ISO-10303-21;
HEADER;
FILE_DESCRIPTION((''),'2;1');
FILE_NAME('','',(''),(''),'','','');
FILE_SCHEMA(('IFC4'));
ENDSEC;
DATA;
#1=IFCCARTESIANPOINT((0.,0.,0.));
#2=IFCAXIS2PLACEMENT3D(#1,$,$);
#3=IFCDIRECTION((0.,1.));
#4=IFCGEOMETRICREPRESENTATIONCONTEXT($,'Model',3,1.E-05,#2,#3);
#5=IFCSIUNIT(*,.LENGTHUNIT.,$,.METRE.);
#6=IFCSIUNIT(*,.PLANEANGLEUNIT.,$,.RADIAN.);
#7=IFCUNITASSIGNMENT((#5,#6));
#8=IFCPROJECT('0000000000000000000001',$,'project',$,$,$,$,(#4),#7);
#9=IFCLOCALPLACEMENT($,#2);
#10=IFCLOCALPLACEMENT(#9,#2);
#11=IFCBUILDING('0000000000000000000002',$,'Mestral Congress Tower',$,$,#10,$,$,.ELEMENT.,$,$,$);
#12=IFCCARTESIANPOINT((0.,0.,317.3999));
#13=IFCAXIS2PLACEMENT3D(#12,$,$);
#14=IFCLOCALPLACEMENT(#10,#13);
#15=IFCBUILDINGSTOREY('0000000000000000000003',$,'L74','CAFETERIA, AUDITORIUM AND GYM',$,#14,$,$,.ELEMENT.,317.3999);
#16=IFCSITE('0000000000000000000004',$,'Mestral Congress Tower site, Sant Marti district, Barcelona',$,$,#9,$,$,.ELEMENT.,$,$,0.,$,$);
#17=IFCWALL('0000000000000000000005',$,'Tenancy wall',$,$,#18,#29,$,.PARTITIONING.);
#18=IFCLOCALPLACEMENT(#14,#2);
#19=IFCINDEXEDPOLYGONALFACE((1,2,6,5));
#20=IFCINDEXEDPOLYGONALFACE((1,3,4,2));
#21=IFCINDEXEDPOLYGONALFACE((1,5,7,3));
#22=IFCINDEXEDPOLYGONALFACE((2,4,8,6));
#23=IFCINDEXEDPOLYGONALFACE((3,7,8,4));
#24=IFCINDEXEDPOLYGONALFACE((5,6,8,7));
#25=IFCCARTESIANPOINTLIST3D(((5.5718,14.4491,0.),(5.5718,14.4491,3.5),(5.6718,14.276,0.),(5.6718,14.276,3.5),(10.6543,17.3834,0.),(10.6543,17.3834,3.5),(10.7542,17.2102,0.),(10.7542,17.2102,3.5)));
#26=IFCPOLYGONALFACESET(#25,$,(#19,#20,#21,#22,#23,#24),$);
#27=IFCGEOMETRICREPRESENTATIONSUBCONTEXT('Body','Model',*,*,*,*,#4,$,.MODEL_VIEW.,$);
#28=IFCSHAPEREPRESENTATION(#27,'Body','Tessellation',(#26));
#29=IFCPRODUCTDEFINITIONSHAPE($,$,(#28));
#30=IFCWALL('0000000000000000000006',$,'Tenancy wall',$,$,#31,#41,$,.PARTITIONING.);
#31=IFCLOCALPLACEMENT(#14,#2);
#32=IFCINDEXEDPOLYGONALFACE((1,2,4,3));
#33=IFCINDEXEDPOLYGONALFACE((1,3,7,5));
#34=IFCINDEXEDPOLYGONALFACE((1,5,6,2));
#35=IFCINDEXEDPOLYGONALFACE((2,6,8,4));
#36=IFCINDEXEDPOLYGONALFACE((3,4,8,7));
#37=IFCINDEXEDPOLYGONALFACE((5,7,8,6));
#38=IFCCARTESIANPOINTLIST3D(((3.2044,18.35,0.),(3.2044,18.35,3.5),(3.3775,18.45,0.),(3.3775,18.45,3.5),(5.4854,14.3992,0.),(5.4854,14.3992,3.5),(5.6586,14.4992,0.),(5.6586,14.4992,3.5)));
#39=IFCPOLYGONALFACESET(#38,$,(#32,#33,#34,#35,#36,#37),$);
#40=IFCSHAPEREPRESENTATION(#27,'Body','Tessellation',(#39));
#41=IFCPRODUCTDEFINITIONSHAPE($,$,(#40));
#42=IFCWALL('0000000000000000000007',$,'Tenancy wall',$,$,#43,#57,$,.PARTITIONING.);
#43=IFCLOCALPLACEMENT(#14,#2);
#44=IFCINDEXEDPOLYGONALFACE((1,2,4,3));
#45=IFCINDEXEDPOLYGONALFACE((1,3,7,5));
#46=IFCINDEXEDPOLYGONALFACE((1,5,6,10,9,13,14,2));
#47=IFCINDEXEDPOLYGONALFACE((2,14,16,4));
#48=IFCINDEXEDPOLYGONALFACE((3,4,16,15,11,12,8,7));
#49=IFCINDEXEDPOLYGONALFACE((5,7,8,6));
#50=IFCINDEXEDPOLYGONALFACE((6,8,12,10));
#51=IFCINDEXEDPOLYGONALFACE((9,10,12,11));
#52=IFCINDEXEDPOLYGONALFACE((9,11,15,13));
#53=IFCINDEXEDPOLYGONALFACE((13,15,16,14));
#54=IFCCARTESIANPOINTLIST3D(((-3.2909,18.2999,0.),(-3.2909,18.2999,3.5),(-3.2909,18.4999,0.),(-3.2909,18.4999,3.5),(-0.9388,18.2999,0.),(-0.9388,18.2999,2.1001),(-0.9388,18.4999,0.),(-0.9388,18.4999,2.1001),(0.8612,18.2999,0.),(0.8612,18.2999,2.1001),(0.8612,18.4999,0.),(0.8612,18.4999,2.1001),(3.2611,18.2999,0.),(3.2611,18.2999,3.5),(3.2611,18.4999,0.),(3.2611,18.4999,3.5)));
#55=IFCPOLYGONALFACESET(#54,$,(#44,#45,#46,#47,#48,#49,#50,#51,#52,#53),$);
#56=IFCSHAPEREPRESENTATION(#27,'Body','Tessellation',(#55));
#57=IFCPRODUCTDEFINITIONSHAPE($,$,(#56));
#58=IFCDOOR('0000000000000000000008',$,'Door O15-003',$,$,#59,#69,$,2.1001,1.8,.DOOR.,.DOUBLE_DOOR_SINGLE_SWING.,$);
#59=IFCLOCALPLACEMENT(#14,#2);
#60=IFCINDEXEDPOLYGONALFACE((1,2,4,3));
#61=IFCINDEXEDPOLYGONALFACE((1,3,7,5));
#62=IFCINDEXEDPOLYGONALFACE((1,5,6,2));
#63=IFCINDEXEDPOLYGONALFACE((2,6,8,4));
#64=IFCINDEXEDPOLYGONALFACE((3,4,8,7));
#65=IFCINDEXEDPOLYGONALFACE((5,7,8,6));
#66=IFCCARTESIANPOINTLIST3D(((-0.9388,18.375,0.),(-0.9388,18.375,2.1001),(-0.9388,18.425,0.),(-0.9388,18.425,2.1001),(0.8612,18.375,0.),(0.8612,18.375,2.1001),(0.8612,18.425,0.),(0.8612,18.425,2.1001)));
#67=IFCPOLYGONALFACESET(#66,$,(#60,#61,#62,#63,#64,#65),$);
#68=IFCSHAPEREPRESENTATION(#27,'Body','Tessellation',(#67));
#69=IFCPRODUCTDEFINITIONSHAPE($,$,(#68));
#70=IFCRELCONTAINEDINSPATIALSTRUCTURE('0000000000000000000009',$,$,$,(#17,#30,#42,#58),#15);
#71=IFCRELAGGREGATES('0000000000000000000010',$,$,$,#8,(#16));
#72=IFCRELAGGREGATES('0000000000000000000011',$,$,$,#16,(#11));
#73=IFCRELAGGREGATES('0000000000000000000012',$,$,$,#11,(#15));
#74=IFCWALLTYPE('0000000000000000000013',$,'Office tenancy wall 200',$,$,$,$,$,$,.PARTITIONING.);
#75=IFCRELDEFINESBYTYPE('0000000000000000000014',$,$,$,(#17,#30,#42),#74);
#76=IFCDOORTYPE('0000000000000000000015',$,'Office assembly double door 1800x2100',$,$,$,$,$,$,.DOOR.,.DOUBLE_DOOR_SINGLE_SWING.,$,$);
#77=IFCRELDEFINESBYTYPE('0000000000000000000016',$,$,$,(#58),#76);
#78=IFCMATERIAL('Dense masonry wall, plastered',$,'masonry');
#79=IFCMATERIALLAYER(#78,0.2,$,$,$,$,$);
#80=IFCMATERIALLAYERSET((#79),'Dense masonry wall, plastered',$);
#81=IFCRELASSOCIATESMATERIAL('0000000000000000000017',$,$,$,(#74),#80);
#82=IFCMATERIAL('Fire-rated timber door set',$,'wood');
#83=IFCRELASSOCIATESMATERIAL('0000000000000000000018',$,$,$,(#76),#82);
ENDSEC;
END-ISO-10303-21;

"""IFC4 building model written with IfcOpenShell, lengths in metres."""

from ifc_helpers import new_model, si_unit, direction, frame, frame_2d, origin, place, context, subcontext, project, spatial, rectangle, extrude, material, layer, layer_set, type_object, element, fill, save


model = new_model("IFC4")

# Units and contexts
model_context = context("Model", 3, precision=1e-05, world=origin(), true_north=direction((0.0, 1.0)))
body_context = subcontext(model_context, "Body", "Model", "MODEL_VIEW")
ifc_project = project(units=[si_unit("LENGTHUNIT", "METRE"), si_unit("PLANEANGLEUNIT", "RADIAN")], contexts=[model_context])

# Site, building, storey
site_placement = place(None, origin())
site = spatial("IfcSite", under=ifc_project, at=site_placement, Name="Mestral Congress Tower site, Sant Marti district, Barcelona", CompositionType="ELEMENT", RefElevation=0.0)
building_placement = place(site_placement, origin())
building = spatial("IfcBuilding", under=site, at=building_placement, Name="Mestral Congress Tower", CompositionType="ELEMENT")
storey_placement = place(building_placement, frame((0.0, 0.0, 317.3999)))
storey = spatial("IfcBuildingStorey", under=building, at=storey_placement, Name="L74", Description="CAFETERIA, AUDITORIUM AND GYM", CompositionType="ELEMENT", Elevation=317.3999)

# Walls
ifc_material_1 = material(Name="Dense masonry wall, plastered", Category="masonry")
ifc_layer_1 = layer(ifc_material_1, 0.2)
ifc_layer_set_1 = layer_set([ifc_layer_1], Name="Dense masonry wall, plastered")
wall_type_1 = type_object("IfcWallType", Name="Office tenancy wall 200", PredefinedType="PARTITIONING", material=ifc_layer_set_1)
wall_1_placement = place(storey_placement, frame((5.6218, 14.3625, 0.0), z_axis=(0.0, 0.0, 1.0), x_axis=(0.86603, 0.499991, 0.0)))
element("IfcWall", 1, at=wall_1_placement, inside=storey, type_object=wall_type_1, Name="Tenancy wall", PredefinedType="PARTITIONING", context=body_context, shape_type="SweptSolid", body=[
    extrude(rectangle(XDim=5.8687, YDim=0.2, at=frame_2d((2.9343, 0.0))), origin(), (0.0, 0.0, 1.0), 3.5),
])
wall_2_placement = place(storey_placement, frame((5.572, 14.4492, 0.0), z_axis=(0.0, 0.0, 1.0), x_axis=(-0.500013, 0.866018, 0.0)))
element("IfcWall", 2, at=wall_2_placement, inside=storey, type_object=wall_type_1, Name="Tenancy wall", PredefinedType="PARTITIONING", context=body_context, shape_type="SweptSolid", body=[
    extrude(rectangle(XDim=4.562, YDim=0.2, at=frame_2d((2.281, 0.0))), origin(), (0.0, 0.0, 1.0), 3.5),
])

# Wall, opening, door
wall_3_placement = place(storey_placement, frame((3.261, 18.3999, 0.0), z_axis=(0.0, 0.0, 1.0), x_axis=(-1.0, 0.0, 0.0)))
wall_3 = element("IfcWall", 3, at=wall_3_placement, inside=storey, type_object=wall_type_1, Name="Tenancy wall", PredefinedType="PARTITIONING", context=body_context, shape_type="SweptSolid", body=[
    extrude(rectangle(XDim=6.552, YDim=0.2, at=frame_2d((3.2759, 0.0))), origin(), (0.0, 0.0, 1.0), 3.5),
])
opening_1_placement = place(wall_3_placement, frame((2.3999, 0.0, 0.0)))
opening_1 = element("IfcOpeningElement", 4, at=opening_1_placement, cuts=wall_3, PredefinedType="OPENING", context=body_context, shape_type="SweptSolid", body=[
    extrude(rectangle(XDim=1.8, YDim=2.1001, at=frame_2d((0.8999, 1.05))), frame((0.0, 0.1099, 0.0), z_axis=(0.0, -1.0, 0.0), x_axis=(1.0, 0.0, 0.0)), (0.0, 0.0, 1.0), 0.22),
])
ifc_material_2 = material(Name="Fire-rated timber door set", Category="wood")
door_type = type_object("IfcDoorType", Name="Office assembly double door 1800x2100", OperationType="DOUBLE_DOOR_SINGLE_SWING", PredefinedType="DOOR", material=ifc_material_2)
door_placement = place(opening_1_placement, origin())
door = element("IfcDoor", 5, at=door_placement, inside=storey, type_object=door_type, Name="Door O15-003", OperationType="DOUBLE_DOOR_SINGLE_SWING", OverallHeight=2.1001, OverallWidth=1.8, PredefinedType="DOOR", context=body_context, shape_type="SweptSolid", body=[
    extrude(rectangle(XDim=1.8, YDim=2.1001, at=frame_2d((0.8999, 1.05))), frame((0.0, 0.0249, 0.0), z_axis=(0.0, -1.0, 0.0), x_axis=(1.0, 0.0, 0.0)), (0.0, 0.0, 1.0), 0.05),
])
fill(opening_1, door)

save(model, "model.ifc")
